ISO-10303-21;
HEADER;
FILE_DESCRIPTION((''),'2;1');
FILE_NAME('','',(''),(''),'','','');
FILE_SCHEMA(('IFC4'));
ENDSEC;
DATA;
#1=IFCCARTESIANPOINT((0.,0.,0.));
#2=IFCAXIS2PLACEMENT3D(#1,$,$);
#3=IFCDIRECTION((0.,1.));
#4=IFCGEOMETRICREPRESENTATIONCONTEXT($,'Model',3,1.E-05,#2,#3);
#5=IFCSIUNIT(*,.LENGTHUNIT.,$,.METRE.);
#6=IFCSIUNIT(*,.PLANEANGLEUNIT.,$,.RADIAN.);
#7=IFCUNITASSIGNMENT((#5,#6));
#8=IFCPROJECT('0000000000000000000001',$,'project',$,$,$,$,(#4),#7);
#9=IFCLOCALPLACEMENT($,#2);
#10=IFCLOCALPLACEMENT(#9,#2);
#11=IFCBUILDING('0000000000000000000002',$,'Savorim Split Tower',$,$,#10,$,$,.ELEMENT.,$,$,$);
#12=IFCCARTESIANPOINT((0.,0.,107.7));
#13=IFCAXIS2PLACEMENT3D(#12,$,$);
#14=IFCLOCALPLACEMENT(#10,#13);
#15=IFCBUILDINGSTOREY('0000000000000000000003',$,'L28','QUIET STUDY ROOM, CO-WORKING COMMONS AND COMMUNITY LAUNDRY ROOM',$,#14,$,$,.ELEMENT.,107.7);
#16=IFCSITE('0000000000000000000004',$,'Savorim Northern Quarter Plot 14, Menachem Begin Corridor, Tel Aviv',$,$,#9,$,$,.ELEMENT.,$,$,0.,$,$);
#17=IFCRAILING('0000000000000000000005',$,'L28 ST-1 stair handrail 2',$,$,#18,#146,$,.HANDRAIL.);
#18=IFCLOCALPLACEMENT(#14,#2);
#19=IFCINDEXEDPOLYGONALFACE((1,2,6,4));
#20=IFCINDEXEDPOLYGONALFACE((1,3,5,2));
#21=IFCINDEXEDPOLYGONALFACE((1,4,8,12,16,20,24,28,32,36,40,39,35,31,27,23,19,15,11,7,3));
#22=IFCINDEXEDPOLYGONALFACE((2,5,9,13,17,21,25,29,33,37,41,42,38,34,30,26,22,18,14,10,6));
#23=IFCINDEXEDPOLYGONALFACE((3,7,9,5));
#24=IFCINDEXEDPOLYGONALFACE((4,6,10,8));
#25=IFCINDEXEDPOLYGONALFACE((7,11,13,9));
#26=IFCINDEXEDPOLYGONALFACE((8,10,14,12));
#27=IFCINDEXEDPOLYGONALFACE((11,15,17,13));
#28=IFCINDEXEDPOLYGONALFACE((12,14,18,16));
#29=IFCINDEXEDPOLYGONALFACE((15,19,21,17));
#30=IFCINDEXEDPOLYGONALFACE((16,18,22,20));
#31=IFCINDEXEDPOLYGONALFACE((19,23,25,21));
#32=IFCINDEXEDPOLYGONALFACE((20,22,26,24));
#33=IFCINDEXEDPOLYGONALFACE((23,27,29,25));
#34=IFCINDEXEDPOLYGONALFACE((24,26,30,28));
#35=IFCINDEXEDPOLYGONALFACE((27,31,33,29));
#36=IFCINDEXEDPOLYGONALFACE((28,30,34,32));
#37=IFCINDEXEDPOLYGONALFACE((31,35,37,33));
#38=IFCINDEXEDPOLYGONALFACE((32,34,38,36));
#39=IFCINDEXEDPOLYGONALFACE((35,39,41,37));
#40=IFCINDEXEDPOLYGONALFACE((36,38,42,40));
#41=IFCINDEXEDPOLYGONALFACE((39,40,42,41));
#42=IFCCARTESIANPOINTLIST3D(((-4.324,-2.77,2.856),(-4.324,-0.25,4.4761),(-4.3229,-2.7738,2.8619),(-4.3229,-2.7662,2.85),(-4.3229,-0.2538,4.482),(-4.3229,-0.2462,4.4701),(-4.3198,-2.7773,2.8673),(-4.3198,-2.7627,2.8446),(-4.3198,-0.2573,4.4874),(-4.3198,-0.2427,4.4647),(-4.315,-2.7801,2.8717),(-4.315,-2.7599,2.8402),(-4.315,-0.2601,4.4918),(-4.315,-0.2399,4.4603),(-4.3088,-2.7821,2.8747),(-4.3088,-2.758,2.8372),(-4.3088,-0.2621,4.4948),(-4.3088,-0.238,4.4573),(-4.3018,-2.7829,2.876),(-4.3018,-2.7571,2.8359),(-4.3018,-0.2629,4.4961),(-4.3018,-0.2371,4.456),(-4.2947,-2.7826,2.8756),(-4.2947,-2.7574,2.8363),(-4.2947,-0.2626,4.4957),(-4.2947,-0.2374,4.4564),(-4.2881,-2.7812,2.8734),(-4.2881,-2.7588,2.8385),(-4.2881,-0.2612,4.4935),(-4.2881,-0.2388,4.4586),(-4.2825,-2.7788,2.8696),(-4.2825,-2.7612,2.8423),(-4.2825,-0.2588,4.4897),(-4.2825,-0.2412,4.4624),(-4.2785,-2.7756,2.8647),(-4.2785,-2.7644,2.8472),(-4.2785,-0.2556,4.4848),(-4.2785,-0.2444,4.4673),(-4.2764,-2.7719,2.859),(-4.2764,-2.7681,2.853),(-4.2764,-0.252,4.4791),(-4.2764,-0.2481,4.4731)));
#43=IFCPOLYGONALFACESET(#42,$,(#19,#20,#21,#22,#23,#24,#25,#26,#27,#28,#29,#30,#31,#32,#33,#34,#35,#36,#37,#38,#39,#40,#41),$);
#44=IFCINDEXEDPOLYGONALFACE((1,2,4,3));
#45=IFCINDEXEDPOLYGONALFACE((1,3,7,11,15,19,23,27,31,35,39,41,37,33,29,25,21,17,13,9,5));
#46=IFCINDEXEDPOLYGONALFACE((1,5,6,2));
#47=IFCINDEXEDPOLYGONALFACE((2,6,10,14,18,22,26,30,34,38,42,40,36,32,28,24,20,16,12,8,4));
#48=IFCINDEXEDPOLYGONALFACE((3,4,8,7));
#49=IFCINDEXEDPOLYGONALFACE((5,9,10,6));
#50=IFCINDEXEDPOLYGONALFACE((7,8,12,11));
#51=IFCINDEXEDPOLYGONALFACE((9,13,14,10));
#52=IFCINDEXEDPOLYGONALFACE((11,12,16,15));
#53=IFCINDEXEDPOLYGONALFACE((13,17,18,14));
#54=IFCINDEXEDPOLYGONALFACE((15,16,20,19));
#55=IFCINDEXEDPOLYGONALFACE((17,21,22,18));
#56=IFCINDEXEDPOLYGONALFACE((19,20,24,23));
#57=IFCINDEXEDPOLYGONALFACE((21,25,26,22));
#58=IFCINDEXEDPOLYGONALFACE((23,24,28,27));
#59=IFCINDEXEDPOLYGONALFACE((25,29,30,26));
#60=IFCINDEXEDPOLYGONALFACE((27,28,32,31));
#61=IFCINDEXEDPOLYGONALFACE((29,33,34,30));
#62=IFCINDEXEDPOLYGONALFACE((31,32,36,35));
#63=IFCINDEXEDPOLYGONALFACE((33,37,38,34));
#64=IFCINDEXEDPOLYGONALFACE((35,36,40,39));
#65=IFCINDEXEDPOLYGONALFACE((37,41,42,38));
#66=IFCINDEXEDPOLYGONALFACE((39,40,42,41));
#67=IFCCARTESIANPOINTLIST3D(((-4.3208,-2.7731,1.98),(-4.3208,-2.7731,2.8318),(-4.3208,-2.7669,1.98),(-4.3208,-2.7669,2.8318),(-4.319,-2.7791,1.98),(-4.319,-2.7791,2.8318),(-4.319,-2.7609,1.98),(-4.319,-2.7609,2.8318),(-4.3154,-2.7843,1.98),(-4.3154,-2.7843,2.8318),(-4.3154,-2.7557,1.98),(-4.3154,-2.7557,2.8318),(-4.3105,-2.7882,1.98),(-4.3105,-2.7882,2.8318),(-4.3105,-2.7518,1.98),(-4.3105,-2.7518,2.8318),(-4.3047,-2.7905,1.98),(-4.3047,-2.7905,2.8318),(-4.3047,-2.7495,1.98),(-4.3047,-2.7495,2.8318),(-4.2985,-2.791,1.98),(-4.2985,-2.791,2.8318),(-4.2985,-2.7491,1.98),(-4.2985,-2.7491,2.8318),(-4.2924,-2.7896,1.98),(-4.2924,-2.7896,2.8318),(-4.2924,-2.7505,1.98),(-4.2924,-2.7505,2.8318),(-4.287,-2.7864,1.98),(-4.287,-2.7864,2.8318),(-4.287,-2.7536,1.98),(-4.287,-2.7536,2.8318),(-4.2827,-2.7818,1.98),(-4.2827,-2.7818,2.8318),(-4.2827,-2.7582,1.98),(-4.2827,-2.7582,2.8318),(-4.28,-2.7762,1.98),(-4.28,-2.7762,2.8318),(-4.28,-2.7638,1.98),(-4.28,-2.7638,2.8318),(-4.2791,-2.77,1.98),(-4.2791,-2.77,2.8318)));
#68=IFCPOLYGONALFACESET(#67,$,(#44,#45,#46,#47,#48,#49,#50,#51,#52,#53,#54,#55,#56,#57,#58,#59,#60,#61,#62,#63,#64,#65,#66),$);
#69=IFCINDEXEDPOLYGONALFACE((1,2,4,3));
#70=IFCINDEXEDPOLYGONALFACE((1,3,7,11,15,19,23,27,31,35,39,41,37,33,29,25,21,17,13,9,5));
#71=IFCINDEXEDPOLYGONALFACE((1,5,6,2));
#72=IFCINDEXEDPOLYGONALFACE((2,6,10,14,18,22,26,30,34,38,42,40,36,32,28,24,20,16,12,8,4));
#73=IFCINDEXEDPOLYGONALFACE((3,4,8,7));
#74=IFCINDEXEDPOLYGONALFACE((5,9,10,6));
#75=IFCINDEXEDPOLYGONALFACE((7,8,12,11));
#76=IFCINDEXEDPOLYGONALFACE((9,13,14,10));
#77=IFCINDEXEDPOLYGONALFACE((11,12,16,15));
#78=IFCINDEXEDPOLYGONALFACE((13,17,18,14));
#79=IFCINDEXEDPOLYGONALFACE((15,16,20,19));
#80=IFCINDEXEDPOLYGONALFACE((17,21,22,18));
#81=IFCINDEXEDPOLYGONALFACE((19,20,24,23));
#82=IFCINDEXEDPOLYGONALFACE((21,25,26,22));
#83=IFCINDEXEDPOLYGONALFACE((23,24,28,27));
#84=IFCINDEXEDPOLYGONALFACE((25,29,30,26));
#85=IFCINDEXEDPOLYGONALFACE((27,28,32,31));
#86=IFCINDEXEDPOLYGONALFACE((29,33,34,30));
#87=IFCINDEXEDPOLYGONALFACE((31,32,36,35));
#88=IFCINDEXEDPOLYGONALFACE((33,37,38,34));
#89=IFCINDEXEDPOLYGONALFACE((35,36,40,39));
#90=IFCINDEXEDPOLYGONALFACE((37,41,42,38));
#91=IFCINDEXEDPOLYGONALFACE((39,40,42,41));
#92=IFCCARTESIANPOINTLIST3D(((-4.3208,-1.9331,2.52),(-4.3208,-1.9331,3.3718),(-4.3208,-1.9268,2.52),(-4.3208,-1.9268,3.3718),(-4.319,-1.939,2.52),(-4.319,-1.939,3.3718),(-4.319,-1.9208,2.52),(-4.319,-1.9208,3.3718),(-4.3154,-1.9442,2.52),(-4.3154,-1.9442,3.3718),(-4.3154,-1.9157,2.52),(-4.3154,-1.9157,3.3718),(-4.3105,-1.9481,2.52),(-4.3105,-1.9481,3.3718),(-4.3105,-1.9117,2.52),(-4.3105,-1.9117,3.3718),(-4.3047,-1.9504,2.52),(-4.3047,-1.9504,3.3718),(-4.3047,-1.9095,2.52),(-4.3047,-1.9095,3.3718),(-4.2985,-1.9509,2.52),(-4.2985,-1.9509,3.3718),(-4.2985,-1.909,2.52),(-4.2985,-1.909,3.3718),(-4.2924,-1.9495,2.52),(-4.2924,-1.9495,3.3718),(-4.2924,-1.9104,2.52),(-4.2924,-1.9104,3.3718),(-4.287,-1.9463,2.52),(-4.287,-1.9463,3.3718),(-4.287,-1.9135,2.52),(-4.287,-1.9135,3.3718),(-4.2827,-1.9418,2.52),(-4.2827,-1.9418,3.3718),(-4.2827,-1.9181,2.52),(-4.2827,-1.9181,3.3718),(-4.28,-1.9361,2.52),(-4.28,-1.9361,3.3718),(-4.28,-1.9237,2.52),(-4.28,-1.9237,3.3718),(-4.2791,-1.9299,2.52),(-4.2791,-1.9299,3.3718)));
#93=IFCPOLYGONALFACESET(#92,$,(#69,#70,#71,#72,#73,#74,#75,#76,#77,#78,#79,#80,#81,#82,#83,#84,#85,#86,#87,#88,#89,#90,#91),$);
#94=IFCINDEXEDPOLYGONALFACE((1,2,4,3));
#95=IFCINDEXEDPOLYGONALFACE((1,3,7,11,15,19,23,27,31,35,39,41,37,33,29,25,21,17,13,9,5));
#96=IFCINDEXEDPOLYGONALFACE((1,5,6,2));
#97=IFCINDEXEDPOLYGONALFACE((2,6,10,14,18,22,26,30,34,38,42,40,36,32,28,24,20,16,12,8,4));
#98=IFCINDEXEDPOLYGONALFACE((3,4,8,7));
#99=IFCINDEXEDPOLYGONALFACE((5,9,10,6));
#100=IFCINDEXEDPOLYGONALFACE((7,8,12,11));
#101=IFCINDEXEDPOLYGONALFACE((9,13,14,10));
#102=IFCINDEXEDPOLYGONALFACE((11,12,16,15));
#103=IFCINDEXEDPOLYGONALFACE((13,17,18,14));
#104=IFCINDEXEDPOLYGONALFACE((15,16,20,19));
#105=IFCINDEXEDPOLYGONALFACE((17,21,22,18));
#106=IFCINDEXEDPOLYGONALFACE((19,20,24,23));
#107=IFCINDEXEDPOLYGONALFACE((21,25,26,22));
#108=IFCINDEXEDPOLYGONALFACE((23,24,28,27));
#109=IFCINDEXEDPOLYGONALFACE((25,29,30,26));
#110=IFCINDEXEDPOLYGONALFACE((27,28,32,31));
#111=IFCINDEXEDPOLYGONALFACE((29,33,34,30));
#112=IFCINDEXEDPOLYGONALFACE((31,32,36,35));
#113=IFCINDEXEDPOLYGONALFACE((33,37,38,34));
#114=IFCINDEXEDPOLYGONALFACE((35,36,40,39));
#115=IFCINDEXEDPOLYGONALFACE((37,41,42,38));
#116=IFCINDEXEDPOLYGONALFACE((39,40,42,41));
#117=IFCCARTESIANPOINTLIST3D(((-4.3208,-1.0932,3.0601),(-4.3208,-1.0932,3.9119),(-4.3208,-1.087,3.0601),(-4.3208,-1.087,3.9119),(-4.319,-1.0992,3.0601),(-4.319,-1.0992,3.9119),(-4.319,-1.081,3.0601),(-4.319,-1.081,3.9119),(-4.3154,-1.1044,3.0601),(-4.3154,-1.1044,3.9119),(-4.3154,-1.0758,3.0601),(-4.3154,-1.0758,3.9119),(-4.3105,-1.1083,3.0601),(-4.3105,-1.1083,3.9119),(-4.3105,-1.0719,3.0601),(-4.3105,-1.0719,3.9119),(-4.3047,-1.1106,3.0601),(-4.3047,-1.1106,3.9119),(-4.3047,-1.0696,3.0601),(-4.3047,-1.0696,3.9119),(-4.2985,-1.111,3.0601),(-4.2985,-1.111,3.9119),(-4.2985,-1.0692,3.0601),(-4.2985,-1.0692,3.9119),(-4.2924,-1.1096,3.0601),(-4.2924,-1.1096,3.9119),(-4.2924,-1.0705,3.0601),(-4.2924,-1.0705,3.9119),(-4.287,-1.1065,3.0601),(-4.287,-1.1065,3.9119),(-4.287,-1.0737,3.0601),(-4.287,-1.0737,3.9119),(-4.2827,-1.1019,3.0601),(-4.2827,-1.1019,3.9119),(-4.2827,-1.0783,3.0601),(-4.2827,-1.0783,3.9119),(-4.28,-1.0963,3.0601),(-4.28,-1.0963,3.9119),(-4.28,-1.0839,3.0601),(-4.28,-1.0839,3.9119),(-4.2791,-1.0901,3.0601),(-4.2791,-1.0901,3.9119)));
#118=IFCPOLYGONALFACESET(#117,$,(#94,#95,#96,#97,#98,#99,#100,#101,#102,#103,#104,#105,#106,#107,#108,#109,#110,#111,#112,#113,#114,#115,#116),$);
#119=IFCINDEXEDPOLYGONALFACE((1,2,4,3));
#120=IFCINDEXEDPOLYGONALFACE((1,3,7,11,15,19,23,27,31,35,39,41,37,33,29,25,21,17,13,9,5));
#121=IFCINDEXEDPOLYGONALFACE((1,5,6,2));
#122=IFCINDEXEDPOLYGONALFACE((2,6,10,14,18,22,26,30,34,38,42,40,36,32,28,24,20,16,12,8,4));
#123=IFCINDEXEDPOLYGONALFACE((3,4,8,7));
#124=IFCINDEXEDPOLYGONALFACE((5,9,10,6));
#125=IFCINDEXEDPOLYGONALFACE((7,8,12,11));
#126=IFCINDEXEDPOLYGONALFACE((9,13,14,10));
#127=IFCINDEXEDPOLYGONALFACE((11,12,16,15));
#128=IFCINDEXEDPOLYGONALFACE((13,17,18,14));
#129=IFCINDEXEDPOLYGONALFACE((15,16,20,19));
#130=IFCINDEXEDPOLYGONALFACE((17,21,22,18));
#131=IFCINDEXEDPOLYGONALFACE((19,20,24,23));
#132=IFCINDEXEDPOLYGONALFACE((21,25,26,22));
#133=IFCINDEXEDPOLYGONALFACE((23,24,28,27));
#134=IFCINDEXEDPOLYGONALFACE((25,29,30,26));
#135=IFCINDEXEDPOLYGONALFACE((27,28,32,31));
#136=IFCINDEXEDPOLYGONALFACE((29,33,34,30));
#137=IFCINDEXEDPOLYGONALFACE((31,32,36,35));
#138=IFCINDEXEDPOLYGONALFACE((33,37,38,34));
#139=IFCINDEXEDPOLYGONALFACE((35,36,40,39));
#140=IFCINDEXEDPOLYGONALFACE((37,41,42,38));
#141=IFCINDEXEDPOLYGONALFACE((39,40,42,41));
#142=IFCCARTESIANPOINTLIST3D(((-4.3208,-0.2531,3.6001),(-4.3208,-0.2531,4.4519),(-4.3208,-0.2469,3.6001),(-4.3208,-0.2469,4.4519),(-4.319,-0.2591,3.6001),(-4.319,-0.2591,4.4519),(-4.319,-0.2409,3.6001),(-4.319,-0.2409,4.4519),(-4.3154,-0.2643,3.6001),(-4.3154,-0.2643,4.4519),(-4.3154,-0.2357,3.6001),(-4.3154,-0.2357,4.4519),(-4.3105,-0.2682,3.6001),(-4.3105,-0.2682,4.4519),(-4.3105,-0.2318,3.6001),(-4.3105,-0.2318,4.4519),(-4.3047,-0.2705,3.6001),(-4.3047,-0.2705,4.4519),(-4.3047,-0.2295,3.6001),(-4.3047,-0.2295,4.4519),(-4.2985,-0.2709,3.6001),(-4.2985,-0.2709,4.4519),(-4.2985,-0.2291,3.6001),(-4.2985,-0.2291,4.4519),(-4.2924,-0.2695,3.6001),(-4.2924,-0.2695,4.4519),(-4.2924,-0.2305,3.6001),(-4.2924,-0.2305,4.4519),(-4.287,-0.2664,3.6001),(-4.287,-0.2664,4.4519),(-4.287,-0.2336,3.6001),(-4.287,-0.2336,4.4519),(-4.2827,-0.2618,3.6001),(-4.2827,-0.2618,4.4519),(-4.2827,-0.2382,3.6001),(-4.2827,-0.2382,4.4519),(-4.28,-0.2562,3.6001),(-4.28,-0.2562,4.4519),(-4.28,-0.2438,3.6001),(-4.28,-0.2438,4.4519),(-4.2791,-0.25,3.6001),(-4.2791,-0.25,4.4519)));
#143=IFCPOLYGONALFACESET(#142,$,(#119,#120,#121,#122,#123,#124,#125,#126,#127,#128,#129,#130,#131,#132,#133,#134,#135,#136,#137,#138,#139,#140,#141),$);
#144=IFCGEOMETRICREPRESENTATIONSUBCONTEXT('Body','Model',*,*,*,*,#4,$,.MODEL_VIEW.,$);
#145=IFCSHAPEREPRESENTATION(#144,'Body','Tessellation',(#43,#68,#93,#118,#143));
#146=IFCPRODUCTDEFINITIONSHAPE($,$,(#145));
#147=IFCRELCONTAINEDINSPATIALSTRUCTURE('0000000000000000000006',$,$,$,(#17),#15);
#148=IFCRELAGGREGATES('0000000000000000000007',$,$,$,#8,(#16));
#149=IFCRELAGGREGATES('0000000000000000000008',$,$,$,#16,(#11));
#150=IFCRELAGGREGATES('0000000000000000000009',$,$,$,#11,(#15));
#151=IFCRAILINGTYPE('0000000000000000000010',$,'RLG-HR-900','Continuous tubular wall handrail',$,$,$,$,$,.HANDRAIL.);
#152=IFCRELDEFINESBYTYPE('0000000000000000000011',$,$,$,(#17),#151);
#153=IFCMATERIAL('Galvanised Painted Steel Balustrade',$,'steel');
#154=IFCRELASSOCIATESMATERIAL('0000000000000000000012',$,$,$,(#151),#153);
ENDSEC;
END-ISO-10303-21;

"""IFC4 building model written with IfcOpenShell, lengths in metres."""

from ifc_helpers import new_model, si_unit, direction, frame, origin, origin_2d, place, context, subcontext, project, spatial, circle, extrude, material, type_object, element, save


model = new_model("IFC4")

# Units and contexts
model_context = context("Model", 3, precision=1e-05, world=origin(), true_north=direction((0.0, 1.0)))
body_context = subcontext(model_context, "Body", "Model", "MODEL_VIEW")
ifc_project = project(units=[si_unit("LENGTHUNIT", "METRE"), si_unit("PLANEANGLEUNIT", "RADIAN")], contexts=[model_context])

# Site, building, storey
site_placement = place(None, origin())
site = spatial("IfcSite", under=ifc_project, at=site_placement, Name="Savorim Northern Quarter Plot 14, Menachem Begin Corridor, Tel Aviv", CompositionType="ELEMENT", RefElevation=0.0)
building_placement = place(site_placement, origin())
building = spatial("IfcBuilding", under=site, at=building_placement, Name="Savorim Split Tower", CompositionType="ELEMENT")
storey_placement = place(building_placement, frame((0.0, 0.0, 107.7)))
storey = spatial("IfcBuildingStorey", under=building, at=storey_placement, Name="L28", Description="QUIET STUDY ROOM, CO-WORKING COMMONS AND COMMUNITY LAUNDRY ROOM", CompositionType="ELEMENT", Elevation=107.7)

# Railing
ifc_material_1 = material(Name="Galvanised Painted Steel Balustrade", Category="steel")
railing_type_1 = type_object("IfcRailingType", Name="RLG-HR-900", Description="Continuous tubular wall handrail", PredefinedType="HANDRAIL", material=ifc_material_1)
railing_1_placement = place(storey_placement, frame((-4.3, -2.77, 1.98)))
element("IfcRailing", 1, at=railing_1_placement, inside=storey, type_object=railing_type_1, Name="L28 ST-1 stair handrail 2", PredefinedType="HANDRAIL", context=body_context, shape_type="SweptSolid", body=[
    extrude(circle(Radius=0.0239, at=origin_2d()), frame((0.0, 0.0, 0.876), z_axis=(0.0, 0.841163, 0.540782), x_axis=(-1.0, 0.0, 0.0)), (0.0, 0.0, 1.0), 2.9958),
    extrude(circle(Radius=0.021, at=origin_2d()), origin(), (0.0, 0.0, 1.0), 0.8518),
    extrude(circle(Radius=0.021, at=origin_2d()), frame((0.0, 0.8401, 0.54)), (0.0, 0.0, 1.0), 0.8518),
    extrude(circle(Radius=0.021, at=origin_2d()), frame((0.0, 1.6799, 1.0801)), (0.0, 0.0, 1.0), 0.8518),
    extrude(circle(Radius=0.021, at=origin_2d()), frame((0.0, 2.52, 1.6201)), (0.0, 0.0, 1.0), 0.8518),
])

save(model, "model.ifc")
